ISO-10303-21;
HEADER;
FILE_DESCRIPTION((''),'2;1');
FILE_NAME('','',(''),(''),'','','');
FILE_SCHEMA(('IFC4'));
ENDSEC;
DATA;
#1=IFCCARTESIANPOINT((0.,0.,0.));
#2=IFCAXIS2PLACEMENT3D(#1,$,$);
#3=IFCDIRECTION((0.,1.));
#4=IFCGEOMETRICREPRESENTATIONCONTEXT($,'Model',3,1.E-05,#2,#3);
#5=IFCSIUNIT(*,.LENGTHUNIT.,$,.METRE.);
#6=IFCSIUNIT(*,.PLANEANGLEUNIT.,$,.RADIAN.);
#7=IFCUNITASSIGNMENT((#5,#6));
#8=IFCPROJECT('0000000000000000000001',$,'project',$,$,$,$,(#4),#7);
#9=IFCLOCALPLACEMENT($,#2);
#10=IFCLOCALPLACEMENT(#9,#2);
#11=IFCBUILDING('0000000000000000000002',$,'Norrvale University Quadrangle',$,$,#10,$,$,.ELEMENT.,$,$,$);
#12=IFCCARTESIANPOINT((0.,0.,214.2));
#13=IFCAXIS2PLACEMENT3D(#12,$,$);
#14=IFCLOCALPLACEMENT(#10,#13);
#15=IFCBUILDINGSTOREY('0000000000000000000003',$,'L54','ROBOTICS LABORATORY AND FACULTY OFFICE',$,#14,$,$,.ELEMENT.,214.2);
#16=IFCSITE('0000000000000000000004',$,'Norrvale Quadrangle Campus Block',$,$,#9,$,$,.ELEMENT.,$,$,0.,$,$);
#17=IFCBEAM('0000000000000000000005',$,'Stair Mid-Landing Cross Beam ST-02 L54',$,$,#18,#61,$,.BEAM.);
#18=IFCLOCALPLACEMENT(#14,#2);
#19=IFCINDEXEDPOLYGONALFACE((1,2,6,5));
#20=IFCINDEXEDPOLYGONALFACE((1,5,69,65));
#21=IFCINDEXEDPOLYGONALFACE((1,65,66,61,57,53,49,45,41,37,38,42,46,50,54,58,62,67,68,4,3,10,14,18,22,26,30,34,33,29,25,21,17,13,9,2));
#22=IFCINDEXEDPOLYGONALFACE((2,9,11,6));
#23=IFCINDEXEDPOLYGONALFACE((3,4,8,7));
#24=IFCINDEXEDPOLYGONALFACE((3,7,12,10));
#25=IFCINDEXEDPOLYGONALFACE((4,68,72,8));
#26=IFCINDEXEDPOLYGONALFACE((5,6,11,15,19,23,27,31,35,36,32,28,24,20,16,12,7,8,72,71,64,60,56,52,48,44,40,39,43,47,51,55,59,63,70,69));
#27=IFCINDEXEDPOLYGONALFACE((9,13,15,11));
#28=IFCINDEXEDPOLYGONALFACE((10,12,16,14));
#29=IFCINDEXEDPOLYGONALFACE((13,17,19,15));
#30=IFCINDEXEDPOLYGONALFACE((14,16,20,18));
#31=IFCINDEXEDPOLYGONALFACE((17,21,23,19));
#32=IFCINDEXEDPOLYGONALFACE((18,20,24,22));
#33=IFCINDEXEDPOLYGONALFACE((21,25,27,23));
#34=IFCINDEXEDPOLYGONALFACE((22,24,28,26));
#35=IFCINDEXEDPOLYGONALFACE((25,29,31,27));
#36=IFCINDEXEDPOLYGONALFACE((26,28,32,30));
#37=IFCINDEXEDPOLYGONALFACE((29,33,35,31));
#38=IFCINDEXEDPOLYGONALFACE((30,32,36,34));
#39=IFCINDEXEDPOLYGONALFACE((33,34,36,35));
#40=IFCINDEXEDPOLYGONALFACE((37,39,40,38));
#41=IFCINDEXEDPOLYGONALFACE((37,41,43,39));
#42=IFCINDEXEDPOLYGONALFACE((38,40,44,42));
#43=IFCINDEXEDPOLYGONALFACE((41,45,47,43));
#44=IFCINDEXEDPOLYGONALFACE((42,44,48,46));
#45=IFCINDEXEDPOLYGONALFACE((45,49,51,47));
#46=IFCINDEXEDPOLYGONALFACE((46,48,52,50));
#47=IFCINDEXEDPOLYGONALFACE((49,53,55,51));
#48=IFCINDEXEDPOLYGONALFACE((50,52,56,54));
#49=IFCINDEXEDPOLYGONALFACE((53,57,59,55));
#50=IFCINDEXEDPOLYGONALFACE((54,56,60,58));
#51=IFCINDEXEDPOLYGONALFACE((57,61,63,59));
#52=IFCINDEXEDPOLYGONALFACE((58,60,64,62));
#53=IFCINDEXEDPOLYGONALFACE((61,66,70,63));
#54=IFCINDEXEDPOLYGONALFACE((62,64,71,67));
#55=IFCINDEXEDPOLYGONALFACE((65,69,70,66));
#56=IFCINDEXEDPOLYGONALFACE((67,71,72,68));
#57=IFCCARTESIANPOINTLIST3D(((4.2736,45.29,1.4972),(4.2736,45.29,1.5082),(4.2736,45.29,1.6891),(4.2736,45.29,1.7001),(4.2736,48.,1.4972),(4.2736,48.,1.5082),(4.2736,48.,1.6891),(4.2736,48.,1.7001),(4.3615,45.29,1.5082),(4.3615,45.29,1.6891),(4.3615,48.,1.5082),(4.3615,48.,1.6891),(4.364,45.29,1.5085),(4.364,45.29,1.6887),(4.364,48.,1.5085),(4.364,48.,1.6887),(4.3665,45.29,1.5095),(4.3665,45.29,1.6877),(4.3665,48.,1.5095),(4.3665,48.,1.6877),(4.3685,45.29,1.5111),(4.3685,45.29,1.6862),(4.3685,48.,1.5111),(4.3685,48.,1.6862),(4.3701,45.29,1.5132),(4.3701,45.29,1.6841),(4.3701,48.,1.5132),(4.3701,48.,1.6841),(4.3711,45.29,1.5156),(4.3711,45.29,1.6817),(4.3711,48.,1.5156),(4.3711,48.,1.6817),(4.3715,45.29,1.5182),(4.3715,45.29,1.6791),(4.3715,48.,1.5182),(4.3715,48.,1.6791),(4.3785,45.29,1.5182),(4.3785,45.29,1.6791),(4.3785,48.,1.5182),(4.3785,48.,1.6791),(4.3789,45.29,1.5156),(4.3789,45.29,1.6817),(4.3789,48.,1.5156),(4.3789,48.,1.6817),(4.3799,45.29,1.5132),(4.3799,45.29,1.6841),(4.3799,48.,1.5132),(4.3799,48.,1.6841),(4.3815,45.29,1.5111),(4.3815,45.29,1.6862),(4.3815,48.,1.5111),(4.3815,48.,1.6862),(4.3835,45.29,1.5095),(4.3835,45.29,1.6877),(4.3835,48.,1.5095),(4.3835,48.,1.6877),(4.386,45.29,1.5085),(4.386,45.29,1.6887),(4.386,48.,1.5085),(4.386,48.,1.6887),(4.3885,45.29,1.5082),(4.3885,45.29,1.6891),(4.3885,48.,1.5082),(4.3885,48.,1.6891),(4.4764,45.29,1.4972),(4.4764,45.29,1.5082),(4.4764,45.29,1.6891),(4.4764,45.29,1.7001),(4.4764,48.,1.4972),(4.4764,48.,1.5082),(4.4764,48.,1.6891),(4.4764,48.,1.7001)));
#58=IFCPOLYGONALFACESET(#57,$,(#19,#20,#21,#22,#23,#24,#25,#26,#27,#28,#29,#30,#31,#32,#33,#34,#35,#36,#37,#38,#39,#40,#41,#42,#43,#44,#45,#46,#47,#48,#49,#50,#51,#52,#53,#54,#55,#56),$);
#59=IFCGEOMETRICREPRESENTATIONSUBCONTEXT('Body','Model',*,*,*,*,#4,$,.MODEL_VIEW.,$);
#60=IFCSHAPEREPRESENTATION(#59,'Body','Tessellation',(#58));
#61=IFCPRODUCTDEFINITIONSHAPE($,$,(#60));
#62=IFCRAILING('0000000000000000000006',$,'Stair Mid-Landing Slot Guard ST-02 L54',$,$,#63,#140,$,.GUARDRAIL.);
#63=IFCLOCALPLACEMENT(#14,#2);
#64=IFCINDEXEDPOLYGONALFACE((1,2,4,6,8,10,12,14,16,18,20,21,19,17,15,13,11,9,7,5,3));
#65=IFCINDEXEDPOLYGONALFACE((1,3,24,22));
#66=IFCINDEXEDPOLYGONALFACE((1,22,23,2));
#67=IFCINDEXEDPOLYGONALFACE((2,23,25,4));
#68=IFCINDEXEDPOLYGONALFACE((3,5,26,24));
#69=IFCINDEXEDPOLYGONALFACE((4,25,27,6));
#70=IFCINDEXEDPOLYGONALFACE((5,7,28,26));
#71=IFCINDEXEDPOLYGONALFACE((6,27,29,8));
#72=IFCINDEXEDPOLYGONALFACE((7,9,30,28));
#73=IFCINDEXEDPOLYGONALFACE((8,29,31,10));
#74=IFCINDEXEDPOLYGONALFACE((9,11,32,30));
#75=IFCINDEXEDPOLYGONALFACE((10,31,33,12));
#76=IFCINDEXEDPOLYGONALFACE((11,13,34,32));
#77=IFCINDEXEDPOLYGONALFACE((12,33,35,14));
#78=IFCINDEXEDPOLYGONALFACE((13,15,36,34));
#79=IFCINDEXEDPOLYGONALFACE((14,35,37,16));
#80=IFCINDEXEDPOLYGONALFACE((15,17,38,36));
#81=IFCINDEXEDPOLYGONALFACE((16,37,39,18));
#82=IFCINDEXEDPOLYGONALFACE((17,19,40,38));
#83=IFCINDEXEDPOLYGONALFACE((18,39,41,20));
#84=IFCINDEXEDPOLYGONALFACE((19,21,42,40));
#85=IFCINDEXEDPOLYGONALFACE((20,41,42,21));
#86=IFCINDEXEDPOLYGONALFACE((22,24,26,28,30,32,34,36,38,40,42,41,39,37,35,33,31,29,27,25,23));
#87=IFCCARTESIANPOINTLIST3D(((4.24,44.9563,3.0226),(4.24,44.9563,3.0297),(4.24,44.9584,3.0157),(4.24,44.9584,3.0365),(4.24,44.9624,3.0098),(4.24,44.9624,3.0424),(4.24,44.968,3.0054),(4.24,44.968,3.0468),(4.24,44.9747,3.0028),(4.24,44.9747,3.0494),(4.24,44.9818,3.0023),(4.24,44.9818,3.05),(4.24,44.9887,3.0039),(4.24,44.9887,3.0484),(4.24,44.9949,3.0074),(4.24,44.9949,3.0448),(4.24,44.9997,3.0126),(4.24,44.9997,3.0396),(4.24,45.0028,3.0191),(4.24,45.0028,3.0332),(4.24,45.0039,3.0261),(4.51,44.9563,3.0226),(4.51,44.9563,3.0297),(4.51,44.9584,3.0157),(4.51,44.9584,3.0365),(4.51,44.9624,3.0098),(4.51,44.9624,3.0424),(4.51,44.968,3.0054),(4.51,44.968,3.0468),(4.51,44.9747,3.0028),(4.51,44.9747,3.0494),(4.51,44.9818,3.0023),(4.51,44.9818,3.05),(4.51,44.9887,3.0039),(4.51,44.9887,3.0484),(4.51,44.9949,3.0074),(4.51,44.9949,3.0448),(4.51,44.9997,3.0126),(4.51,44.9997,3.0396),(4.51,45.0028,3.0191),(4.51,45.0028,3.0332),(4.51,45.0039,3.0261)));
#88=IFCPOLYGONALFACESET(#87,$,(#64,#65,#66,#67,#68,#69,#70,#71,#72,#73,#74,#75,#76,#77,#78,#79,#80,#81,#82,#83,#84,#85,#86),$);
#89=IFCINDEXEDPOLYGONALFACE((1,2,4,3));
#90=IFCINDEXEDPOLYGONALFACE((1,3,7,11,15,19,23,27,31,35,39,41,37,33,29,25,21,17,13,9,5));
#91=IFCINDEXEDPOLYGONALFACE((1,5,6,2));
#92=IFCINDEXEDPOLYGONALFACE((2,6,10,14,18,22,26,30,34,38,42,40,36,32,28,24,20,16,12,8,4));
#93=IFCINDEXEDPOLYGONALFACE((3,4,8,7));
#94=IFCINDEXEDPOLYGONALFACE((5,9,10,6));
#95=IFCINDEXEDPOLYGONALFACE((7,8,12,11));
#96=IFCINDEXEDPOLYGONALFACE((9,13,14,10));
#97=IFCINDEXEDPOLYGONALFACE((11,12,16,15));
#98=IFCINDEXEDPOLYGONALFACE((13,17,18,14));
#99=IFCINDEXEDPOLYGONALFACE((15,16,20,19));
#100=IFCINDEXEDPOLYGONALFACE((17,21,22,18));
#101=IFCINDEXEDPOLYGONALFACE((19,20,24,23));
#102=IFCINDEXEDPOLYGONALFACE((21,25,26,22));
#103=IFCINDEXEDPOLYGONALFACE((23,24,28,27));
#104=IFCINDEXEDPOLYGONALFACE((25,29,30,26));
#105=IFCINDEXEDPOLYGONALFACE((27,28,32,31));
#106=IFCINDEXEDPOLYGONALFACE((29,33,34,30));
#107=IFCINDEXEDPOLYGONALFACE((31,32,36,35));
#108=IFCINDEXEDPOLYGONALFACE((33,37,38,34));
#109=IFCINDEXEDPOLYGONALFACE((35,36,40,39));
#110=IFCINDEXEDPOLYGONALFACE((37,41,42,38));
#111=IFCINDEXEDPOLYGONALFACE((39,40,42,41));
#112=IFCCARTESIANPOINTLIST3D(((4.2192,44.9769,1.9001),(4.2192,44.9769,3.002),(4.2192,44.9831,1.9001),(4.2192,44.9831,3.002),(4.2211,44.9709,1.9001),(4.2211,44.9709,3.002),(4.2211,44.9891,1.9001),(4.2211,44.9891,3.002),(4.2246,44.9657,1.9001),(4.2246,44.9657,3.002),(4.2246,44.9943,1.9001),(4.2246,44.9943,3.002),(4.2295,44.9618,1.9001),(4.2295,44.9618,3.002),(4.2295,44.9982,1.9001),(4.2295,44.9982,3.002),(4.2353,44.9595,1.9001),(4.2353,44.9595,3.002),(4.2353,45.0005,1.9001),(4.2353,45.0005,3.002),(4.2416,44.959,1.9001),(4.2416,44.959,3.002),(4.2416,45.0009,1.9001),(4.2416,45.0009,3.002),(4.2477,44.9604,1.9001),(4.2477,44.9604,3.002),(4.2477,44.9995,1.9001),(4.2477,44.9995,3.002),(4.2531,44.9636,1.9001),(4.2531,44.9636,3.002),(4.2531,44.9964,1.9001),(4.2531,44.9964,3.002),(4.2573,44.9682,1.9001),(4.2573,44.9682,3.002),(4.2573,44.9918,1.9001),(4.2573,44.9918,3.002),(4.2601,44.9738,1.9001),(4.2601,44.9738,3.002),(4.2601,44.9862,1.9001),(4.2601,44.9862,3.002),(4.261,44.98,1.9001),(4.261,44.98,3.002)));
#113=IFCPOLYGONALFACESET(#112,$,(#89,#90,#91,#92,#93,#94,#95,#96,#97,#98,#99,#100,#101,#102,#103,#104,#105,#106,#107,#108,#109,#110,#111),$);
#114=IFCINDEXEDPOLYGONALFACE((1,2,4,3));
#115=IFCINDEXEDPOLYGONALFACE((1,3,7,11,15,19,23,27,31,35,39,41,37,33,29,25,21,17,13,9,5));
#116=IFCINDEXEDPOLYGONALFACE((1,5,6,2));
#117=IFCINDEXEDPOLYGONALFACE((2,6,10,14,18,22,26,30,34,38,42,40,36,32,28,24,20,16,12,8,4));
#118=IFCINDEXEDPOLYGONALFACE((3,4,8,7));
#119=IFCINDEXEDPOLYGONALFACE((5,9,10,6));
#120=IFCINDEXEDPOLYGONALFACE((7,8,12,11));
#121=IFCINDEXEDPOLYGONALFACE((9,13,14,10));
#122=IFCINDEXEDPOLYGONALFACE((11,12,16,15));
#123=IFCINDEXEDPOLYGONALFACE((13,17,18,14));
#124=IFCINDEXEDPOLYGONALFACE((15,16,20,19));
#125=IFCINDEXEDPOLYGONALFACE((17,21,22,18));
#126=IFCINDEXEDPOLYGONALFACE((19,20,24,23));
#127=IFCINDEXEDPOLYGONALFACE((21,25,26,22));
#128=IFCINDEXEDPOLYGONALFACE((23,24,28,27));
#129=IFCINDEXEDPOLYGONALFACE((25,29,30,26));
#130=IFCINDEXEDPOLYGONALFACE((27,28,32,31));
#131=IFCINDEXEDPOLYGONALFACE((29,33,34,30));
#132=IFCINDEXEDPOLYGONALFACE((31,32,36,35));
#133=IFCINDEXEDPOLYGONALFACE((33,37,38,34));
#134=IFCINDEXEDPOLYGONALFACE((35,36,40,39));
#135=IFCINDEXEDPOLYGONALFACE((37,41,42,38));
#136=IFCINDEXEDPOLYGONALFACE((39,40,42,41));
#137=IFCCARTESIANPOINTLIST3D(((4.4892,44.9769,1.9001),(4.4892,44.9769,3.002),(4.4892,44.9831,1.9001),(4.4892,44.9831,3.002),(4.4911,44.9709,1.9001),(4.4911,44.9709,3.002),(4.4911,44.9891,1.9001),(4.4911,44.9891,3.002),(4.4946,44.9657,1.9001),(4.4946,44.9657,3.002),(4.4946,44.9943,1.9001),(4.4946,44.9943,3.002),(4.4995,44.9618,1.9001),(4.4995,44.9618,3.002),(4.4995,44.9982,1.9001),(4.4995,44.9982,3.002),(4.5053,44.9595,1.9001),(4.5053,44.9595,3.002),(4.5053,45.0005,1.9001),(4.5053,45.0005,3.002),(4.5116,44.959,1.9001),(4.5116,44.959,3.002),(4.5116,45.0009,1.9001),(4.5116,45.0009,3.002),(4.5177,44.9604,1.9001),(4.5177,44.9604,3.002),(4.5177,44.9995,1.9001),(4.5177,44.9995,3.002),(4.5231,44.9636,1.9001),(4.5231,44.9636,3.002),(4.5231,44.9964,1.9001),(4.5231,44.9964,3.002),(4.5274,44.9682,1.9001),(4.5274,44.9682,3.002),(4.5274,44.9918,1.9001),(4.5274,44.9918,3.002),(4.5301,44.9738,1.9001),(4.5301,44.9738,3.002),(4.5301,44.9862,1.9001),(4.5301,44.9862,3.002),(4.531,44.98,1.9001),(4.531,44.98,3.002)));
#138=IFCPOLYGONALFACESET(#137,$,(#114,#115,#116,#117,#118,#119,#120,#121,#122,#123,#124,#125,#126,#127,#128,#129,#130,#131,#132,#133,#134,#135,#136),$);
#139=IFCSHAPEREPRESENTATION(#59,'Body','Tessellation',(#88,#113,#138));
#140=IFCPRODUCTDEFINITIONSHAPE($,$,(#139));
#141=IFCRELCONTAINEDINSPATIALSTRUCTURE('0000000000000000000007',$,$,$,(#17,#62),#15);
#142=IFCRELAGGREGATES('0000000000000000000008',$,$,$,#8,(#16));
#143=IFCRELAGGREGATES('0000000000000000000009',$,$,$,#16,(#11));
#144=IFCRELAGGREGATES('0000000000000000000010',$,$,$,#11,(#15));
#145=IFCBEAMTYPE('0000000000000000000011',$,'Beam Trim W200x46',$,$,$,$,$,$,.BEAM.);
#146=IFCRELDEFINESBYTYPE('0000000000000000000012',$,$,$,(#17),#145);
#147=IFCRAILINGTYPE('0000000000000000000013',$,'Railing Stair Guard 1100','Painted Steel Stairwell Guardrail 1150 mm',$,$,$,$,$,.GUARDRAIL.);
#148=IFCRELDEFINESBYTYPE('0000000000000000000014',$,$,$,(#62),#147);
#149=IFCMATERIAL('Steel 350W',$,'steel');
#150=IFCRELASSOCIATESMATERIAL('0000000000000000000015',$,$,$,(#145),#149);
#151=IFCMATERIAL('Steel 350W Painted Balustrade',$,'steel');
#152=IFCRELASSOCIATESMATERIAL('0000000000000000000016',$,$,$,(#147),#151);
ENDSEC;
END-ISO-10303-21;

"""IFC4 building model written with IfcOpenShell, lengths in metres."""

from ifc_helpers import new_model, si_unit, direction, frame, origin, origin_2d, place, context, subcontext, project, spatial, circle, i_section, extrude, material, material_profile, profile_set, type_object, element, save


model = new_model("IFC4")

# Units and contexts
model_context = context("Model", 3, precision=1e-05, world=origin(), true_north=direction((0.0, 1.0)))
body_context = subcontext(model_context, "Body", "Model", "MODEL_VIEW")
ifc_project = project(units=[si_unit("LENGTHUNIT", "METRE"), si_unit("PLANEANGLEUNIT", "RADIAN")], contexts=[model_context])

# Site, building, storey
site_placement = place(None, origin())
site = spatial("IfcSite", under=ifc_project, at=site_placement, Name="Norrvale Quadrangle Campus Block", CompositionType="ELEMENT", RefElevation=0.0)
building_placement = place(site_placement, origin())
building = spatial("IfcBuilding", under=site, at=building_placement, Name="Norrvale University Quadrangle", CompositionType="ELEMENT")
storey_placement = place(building_placement, frame((0.0, 0.0, 214.2)))
storey = spatial("IfcBuildingStorey", under=building, at=storey_placement, Name="L54", Description="ROBOTICS LABORATORY AND FACULTY OFFICE", CompositionType="ELEMENT", Elevation=214.2)

# Beam
ifc_material_1 = material(Name="Steel 350W", Category="steel")
ifc_material_profile_1 = material_profile(ifc_material_1, i_section(OverallWidth=0.2029, OverallDepth=0.2029, WebThickness=0.0071, FlangeThickness=0.011, FilletRadius=0.01, at=origin_2d()), Name="Steel 350W")
ifc_profile_set_1 = profile_set([ifc_material_profile_1], Name="Steel 350W")
beam_type_1 = type_object("IfcBeamType", Name="Beam Trim W200x46", PredefinedType="BEAM", material=ifc_profile_set_1)
beam_1_placement = place(storey_placement, frame((4.375, 45.29, 1.5986), z_axis=(0.0, 1.0, 0.0), x_axis=(-1.0, 0.0, 0.0)))
element("IfcBeam", 1, at=beam_1_placement, inside=storey, type_object=beam_type_1, Name="Stair Mid-Landing Cross Beam ST-02 L54", PredefinedType="BEAM", context=body_context, shape_type="SweptSolid", body=[
    extrude(i_section(OverallWidth=0.2029, OverallDepth=0.2029, WebThickness=0.0071, FlangeThickness=0.011, FilletRadius=0.01, at=origin_2d()), origin(), (0.0, 0.0, 1.0), 2.71),
])

# Railing
ifc_material_2 = material(Name="Steel 350W Painted Balustrade", Category="steel")
railing_type_1 = type_object("IfcRailingType", Name="Railing Stair Guard 1100", Description="Painted Steel Stairwell Guardrail 1150 mm", PredefinedType="GUARDRAIL", material=ifc_material_2)
railing_1_placement = place(storey_placement, frame((4.24, 44.98, 1.9001)))
element("IfcRailing", 2, at=railing_1_placement, inside=storey, type_object=railing_type_1, Name="Stair Mid-Landing Slot Guard ST-02 L54", PredefinedType="GUARDRAIL", context=body_context, shape_type="SweptSolid", body=[
    extrude(circle(Radius=0.0239, at=origin_2d()), frame((0.0, 0.0, 1.126), z_axis=(1.0, 0.0, 0.0), x_axis=(0.0, 1.0, 0.0)), (0.0, 0.0, 1.0), 0.27),
    extrude(circle(Radius=0.021, at=origin_2d()), origin(), (0.0, 0.0, 1.0), 1.1018),
    extrude(circle(Radius=0.021, at=origin_2d()), frame((0.27, 0.0, 0.0)), (0.0, 0.0, 1.0), 1.1018),
])

save(model, "model.ifc")
